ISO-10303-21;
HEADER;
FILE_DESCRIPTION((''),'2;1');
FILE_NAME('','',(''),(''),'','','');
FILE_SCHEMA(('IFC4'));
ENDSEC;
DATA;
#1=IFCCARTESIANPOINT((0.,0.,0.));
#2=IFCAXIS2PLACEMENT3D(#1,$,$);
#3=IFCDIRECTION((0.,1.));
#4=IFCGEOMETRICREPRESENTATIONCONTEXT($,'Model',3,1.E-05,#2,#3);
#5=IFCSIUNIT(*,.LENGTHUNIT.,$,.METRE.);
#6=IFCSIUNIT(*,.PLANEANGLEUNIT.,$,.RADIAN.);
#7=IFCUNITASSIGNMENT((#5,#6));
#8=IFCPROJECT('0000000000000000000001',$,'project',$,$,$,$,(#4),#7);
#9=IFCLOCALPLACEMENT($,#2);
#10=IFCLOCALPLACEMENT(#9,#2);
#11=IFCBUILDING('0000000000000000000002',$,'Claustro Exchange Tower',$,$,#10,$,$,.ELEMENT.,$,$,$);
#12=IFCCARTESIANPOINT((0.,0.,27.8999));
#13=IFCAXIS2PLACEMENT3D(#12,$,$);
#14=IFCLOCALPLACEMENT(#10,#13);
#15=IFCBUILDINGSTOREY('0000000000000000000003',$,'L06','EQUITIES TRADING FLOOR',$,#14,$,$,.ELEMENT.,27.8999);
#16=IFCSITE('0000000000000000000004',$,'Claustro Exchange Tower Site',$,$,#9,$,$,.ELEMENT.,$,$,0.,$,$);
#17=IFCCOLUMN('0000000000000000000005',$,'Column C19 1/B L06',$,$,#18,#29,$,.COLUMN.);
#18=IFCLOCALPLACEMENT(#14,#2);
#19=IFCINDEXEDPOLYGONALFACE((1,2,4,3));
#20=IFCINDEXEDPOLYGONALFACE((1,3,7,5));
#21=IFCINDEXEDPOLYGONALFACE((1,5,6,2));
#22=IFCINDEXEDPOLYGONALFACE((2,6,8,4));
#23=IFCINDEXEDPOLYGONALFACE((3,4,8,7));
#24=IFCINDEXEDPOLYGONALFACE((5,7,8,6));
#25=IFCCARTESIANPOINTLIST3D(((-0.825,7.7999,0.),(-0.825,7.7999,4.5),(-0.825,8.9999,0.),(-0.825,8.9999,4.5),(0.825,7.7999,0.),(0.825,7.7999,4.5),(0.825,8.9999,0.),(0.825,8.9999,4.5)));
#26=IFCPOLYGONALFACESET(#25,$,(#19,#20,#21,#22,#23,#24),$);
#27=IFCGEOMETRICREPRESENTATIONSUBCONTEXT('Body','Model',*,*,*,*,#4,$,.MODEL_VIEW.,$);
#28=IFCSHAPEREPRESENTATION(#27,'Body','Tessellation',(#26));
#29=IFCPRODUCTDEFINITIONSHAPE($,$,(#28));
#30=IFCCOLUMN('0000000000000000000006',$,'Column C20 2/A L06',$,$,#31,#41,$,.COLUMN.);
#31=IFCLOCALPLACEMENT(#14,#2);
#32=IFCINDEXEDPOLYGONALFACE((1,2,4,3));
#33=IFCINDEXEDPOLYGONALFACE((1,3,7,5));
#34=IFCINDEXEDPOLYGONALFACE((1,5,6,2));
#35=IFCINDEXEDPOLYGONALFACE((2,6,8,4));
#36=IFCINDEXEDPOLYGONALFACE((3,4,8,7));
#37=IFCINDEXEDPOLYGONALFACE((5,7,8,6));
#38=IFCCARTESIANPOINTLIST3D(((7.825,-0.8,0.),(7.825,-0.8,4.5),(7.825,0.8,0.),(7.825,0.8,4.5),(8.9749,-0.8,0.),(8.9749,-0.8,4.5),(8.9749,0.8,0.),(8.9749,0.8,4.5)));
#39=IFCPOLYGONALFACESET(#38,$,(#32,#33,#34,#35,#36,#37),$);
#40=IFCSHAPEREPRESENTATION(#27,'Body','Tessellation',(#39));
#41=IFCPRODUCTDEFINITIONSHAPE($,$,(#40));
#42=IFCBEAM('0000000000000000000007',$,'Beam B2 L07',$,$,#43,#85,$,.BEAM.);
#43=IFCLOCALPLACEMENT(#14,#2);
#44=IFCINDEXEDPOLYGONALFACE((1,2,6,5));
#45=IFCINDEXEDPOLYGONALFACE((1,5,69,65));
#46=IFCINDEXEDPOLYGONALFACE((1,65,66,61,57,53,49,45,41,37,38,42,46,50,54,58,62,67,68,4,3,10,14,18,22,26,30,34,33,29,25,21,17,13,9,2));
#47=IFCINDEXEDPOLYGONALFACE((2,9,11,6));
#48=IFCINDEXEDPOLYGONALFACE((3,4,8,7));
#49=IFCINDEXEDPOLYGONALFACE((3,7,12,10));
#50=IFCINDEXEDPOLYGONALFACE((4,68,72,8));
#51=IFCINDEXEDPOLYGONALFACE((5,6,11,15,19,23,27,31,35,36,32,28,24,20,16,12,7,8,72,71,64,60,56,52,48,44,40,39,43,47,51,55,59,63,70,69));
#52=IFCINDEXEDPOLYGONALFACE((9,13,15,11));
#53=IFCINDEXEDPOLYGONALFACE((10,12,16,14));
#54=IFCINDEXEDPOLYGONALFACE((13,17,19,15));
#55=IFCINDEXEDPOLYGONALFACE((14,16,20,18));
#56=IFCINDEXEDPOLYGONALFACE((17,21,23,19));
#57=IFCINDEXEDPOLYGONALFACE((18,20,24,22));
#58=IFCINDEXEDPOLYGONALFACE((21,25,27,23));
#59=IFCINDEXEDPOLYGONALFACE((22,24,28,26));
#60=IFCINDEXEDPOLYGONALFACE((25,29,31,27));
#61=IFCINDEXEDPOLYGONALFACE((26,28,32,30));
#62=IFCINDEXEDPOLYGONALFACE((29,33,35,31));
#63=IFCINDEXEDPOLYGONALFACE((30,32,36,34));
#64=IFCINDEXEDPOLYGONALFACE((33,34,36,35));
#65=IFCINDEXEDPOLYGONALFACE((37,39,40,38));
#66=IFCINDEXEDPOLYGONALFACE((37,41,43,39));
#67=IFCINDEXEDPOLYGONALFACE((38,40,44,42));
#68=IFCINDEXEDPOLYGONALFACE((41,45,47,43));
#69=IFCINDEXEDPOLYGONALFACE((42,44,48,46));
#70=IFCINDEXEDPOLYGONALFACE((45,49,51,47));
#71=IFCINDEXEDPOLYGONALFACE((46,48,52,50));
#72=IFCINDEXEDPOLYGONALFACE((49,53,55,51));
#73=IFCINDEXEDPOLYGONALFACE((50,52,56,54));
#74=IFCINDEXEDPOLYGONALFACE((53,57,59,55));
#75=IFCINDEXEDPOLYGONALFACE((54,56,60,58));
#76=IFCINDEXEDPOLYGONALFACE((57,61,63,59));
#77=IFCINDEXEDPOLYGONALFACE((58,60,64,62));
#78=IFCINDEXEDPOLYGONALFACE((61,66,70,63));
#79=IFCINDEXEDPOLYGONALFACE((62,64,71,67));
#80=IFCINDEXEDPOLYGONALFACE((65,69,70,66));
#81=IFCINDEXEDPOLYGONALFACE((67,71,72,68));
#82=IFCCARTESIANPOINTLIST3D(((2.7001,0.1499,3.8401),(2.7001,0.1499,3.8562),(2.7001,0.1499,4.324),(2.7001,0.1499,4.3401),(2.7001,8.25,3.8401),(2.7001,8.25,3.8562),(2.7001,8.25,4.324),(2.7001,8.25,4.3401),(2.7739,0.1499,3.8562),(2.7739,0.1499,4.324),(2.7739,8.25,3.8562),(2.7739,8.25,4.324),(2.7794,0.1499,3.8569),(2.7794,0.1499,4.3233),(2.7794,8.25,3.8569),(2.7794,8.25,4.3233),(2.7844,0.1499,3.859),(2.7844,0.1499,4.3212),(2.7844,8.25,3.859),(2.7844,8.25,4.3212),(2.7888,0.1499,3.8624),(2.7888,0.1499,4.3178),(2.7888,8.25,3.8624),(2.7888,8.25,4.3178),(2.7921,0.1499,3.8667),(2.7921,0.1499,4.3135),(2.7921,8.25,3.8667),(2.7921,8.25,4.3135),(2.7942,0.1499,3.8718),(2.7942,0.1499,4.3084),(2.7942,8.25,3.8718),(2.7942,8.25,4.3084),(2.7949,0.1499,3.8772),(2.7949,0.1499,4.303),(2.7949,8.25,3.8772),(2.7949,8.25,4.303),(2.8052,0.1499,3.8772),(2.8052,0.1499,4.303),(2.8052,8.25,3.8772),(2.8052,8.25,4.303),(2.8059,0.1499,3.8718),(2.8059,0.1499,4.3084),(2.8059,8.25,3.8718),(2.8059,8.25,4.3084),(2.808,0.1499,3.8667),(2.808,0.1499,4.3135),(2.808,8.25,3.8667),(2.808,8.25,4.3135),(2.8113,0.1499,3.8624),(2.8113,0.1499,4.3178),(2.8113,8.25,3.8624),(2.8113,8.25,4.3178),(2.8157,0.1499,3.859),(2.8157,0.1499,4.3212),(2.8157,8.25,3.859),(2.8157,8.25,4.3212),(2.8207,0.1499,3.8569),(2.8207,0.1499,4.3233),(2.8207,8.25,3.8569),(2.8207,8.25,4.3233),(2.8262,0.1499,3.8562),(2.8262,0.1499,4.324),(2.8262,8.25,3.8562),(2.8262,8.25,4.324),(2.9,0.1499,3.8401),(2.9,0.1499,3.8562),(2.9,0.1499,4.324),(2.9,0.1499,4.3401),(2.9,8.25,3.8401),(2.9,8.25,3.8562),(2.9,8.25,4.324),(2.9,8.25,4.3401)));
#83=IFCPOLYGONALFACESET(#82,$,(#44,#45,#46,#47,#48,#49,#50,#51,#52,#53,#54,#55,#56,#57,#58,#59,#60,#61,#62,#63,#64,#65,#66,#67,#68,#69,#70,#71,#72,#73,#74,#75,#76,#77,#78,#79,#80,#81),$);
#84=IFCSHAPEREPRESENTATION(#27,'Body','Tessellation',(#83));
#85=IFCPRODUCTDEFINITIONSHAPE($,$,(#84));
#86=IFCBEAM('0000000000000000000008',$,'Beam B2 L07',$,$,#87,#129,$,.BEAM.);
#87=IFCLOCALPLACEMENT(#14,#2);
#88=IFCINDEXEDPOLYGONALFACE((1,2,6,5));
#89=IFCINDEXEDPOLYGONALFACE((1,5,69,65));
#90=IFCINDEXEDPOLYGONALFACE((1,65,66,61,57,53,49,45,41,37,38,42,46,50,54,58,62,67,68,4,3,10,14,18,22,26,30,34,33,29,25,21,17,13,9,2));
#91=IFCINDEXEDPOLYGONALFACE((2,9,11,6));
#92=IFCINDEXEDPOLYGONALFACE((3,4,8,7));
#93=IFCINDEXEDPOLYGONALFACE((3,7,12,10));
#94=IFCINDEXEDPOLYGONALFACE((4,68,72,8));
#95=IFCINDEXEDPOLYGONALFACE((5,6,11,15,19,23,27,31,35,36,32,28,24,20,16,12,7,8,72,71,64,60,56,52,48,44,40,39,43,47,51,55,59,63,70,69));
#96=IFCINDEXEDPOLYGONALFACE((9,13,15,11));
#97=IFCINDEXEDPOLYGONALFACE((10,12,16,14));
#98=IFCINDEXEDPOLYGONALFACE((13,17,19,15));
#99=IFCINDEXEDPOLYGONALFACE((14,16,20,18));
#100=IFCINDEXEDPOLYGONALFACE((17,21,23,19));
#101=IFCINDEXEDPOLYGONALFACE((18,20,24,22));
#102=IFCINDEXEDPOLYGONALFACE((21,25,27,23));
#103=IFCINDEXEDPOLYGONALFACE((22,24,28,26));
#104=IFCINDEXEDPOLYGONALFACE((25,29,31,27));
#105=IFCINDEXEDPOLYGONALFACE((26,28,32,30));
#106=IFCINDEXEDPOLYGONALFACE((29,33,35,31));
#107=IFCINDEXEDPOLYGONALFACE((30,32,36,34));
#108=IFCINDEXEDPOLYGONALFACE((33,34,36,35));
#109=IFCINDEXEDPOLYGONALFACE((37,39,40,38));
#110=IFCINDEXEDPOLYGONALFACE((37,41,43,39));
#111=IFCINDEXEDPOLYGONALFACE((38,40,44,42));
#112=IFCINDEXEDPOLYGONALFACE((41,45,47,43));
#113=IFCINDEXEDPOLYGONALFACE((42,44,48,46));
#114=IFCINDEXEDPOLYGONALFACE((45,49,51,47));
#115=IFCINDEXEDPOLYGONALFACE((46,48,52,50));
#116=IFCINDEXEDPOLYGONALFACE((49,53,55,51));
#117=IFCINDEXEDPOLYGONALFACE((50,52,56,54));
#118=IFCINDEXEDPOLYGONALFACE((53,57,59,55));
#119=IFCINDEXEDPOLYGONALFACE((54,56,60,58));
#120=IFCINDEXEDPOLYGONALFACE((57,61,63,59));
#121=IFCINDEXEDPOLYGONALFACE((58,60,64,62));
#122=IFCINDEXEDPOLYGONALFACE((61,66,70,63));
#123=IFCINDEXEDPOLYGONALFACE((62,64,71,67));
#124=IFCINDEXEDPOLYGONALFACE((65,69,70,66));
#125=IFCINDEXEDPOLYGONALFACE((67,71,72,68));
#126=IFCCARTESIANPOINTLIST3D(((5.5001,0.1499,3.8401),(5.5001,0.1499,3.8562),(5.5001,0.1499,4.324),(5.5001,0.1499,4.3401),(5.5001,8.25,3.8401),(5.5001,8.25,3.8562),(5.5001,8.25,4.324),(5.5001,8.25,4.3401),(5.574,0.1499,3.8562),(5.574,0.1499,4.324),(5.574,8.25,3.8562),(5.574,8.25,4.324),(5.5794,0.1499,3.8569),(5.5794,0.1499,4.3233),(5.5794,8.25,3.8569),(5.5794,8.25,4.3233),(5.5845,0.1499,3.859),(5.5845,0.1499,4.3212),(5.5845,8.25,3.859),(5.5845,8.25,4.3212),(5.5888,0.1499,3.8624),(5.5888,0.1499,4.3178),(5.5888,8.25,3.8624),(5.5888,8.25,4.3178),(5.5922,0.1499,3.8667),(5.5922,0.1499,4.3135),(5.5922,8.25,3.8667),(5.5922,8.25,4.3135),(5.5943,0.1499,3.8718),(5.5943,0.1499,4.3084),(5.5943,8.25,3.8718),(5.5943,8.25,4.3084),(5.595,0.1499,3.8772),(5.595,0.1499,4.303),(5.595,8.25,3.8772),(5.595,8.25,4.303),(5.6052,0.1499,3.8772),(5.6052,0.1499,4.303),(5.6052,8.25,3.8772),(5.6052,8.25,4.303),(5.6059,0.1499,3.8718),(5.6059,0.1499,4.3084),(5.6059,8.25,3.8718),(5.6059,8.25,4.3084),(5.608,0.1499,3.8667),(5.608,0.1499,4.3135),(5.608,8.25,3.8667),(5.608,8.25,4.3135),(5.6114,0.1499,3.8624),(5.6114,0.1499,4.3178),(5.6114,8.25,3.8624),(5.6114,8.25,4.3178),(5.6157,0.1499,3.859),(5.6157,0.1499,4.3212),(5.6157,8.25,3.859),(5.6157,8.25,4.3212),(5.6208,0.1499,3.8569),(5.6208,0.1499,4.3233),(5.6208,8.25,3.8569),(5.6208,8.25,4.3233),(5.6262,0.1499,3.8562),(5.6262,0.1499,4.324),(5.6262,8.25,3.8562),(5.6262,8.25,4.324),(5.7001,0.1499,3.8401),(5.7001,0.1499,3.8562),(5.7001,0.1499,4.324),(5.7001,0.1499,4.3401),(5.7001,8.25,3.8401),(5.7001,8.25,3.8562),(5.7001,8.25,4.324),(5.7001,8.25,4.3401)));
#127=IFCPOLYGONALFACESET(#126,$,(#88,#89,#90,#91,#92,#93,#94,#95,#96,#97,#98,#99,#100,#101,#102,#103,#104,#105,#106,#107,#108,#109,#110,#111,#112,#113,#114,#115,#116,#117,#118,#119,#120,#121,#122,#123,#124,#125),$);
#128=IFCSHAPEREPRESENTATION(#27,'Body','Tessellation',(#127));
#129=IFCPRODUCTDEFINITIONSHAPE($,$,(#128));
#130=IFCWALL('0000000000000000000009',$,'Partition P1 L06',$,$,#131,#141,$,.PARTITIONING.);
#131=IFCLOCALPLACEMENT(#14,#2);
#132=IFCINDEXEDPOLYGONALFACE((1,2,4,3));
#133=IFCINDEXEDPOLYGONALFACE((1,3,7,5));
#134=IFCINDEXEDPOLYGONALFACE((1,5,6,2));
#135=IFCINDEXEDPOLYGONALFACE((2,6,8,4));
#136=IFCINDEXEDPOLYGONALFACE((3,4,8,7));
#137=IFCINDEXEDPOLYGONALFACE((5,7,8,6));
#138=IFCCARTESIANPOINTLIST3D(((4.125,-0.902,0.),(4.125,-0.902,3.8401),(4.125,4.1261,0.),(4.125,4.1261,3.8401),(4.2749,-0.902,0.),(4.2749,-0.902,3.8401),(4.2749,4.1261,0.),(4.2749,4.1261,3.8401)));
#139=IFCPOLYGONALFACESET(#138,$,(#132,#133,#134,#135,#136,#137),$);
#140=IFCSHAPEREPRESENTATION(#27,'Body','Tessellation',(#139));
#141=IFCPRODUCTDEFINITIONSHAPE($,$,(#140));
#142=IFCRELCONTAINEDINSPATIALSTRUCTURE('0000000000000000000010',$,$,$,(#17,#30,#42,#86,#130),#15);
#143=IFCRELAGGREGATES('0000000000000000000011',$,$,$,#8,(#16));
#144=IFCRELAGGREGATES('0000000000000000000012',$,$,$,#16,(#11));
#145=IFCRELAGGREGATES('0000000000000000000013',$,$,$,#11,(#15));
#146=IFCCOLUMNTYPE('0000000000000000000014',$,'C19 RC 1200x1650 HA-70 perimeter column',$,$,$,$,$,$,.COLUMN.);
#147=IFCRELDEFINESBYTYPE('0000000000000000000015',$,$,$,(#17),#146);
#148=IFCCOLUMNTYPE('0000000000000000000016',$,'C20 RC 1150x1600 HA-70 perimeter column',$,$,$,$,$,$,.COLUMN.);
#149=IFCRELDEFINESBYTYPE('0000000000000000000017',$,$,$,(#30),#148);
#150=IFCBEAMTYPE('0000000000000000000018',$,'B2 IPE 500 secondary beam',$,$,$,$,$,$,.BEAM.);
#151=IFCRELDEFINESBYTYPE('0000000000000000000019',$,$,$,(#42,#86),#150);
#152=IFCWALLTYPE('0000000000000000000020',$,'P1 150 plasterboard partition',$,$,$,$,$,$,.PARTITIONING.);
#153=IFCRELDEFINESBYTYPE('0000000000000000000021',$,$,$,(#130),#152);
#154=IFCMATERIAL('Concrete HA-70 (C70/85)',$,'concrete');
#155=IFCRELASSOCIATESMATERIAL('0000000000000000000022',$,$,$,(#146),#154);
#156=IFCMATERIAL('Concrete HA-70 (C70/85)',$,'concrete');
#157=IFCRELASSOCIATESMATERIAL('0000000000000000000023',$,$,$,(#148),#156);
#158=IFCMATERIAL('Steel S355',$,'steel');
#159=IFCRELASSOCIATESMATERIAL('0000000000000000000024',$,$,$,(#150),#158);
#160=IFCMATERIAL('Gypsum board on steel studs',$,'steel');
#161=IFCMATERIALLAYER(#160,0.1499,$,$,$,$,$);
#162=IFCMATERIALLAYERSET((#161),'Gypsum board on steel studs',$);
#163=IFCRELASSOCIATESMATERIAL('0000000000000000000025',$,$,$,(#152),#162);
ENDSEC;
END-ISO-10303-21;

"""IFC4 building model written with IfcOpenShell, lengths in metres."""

from ifc_helpers import new_model, si_unit, direction, frame, frame_2d, origin, origin_2d, place, context, subcontext, project, spatial, rectangle, i_section, extrude, material, layer, layer_set, material_profile, profile_set, type_object, element, save


model = new_model("IFC4")

# Units and contexts
model_context = context("Model", 3, precision=1e-05, world=origin(), true_north=direction((0.0, 1.0)))
body_context = subcontext(model_context, "Body", "Model", "MODEL_VIEW")
ifc_project = project(units=[si_unit("LENGTHUNIT", "METRE"), si_unit("PLANEANGLEUNIT", "RADIAN")], contexts=[model_context])

# Site, building, storey
site_placement = place(None, origin())
site = spatial("IfcSite", under=ifc_project, at=site_placement, Name="Claustro Exchange Tower Site", CompositionType="ELEMENT", RefElevation=0.0)
building_placement = place(site_placement, origin())
building = spatial("IfcBuilding", under=site, at=building_placement, Name="Claustro Exchange Tower", CompositionType="ELEMENT")
storey_placement = place(building_placement, frame((0.0, 0.0, 27.8999)))
storey = spatial("IfcBuildingStorey", under=building, at=storey_placement, Name="L06", Description="EQUITIES TRADING FLOOR", CompositionType="ELEMENT", Elevation=27.8999)

# Columns
ifc_material_1 = material(Name="Concrete HA-70 (C70/85)", Category="concrete")
ifc_material_profile_1 = material_profile(ifc_material_1, rectangle(XDim=1.2, YDim=1.6499, at=origin_2d()), Name="RC 1200x1650")
ifc_profile_set_1 = profile_set([ifc_material_profile_1], Name="Concrete HA-70 (C70/85)")
column_type_1 = type_object("IfcColumnType", Name="C19 RC 1200x1650 HA-70 perimeter column", PredefinedType="COLUMN", material=ifc_profile_set_1)
column_1_placement = place(storey_placement, frame((0.0, 8.3999, 0.0), z_axis=(0.0, 0.0, 1.0), x_axis=(0.0, 1.0, 0.0)))
element("IfcColumn", 1, at=column_1_placement, inside=storey, type_object=column_type_1, Name="Column C19 1/B L06", PredefinedType="COLUMN", context=body_context, shape_type="SweptSolid", body=[
    extrude(rectangle(XDim=1.2, YDim=1.6499, at=origin_2d()), origin(), (0.0, 0.0, 1.0), 4.5),
])
ifc_material_2 = material(Name="Concrete HA-70 (C70/85)", Category="concrete")
ifc_material_profile_2 = material_profile(ifc_material_2, rectangle(XDim=1.1499, YDim=1.6001, at=origin_2d()), Name="RC 1150x1600")
ifc_profile_set_2 = profile_set([ifc_material_profile_2], Name="Concrete HA-70 (C70/85)")
column_type_2 = type_object("IfcColumnType", Name="C20 RC 1150x1600 HA-70 perimeter column", PredefinedType="COLUMN", material=ifc_profile_set_2)
column_2_placement = place(storey_placement, frame((8.3999, 0.0, 0.0), z_axis=(0.0, 0.0, 1.0), x_axis=(1.0, 0.0, 0.0)))
element("IfcColumn", 2, at=column_2_placement, inside=storey, type_object=column_type_2, Name="Column C20 2/A L06", PredefinedType="COLUMN", context=body_context, shape_type="SweptSolid", body=[
    extrude(rectangle(XDim=1.1499, YDim=1.6001, at=origin_2d()), origin(), (0.0, 0.0, 1.0), 4.5),
])

# Beams
ifc_material_3 = material(Name="Steel S355", Category="steel")
ifc_material_profile_3 = material_profile(ifc_material_3, i_section(OverallWidth=0.2, OverallDepth=0.5, WebThickness=0.0103, FlangeThickness=0.0161, FilletRadius=0.021, at=origin_2d()), Name="IPE 500")
ifc_profile_set_3 = profile_set([ifc_material_profile_3], Name="Steel S355")
beam_type = type_object("IfcBeamType", Name="B2 IPE 500 secondary beam", PredefinedType="BEAM", material=ifc_profile_set_3)
for number, where, z_axis, x_axis, name in (
    (3, (2.8, 0.1499, 4.0901), (0.0, 1.0, 0.0), (-1.0, 0.0, 0.0), "Beam B2 L07"),
    (4, (5.6001, 0.1499, 4.0901), (0.0, 1.0, 0.0), (-1.0, 0.0, 0.0), "Beam B2 L07"),
):
    element("IfcBeam", number, at=place(storey_placement, frame(where, z_axis=z_axis, x_axis=x_axis)), inside=storey, type_object=beam_type, Name=name, PredefinedType="BEAM", context=body_context, shape_type="SweptSolid", body=[
        extrude(i_section(OverallWidth=0.2, OverallDepth=0.5, WebThickness=0.0103, FlangeThickness=0.0161, FilletRadius=0.021, at=origin_2d()), origin(), (0.0, 0.0, 1.0), 8.1001),
    ])

# Wall
ifc_material_4 = material(Name="Gypsum board on steel studs", Category="steel")
ifc_layer_1 = layer(ifc_material_4, 0.1499)
ifc_layer_set_1 = layer_set([ifc_layer_1], Name="Gypsum board on steel studs")
wall_type_1 = type_object("IfcWallType", Name="P1 150 plasterboard partition", PredefinedType="PARTITIONING", material=ifc_layer_set_1)
wall_1_placement = place(storey_placement, frame((4.2, -0.9021, 0.0), z_axis=(0.0, 0.0, 1.0), x_axis=(0.0, 1.0, 0.0)))
element("IfcWall", 5, at=wall_1_placement, inside=storey, type_object=wall_type_1, Name="Partition P1 L06", PredefinedType="PARTITIONING", context=body_context, shape_type="SweptSolid", body=[
    extrude(rectangle(XDim=5.0281, YDim=0.1499, at=frame_2d((2.5142, 0.0))), origin(), (0.0, 0.0, 1.0), 3.8401),
])

save(model, "model.ifc")
